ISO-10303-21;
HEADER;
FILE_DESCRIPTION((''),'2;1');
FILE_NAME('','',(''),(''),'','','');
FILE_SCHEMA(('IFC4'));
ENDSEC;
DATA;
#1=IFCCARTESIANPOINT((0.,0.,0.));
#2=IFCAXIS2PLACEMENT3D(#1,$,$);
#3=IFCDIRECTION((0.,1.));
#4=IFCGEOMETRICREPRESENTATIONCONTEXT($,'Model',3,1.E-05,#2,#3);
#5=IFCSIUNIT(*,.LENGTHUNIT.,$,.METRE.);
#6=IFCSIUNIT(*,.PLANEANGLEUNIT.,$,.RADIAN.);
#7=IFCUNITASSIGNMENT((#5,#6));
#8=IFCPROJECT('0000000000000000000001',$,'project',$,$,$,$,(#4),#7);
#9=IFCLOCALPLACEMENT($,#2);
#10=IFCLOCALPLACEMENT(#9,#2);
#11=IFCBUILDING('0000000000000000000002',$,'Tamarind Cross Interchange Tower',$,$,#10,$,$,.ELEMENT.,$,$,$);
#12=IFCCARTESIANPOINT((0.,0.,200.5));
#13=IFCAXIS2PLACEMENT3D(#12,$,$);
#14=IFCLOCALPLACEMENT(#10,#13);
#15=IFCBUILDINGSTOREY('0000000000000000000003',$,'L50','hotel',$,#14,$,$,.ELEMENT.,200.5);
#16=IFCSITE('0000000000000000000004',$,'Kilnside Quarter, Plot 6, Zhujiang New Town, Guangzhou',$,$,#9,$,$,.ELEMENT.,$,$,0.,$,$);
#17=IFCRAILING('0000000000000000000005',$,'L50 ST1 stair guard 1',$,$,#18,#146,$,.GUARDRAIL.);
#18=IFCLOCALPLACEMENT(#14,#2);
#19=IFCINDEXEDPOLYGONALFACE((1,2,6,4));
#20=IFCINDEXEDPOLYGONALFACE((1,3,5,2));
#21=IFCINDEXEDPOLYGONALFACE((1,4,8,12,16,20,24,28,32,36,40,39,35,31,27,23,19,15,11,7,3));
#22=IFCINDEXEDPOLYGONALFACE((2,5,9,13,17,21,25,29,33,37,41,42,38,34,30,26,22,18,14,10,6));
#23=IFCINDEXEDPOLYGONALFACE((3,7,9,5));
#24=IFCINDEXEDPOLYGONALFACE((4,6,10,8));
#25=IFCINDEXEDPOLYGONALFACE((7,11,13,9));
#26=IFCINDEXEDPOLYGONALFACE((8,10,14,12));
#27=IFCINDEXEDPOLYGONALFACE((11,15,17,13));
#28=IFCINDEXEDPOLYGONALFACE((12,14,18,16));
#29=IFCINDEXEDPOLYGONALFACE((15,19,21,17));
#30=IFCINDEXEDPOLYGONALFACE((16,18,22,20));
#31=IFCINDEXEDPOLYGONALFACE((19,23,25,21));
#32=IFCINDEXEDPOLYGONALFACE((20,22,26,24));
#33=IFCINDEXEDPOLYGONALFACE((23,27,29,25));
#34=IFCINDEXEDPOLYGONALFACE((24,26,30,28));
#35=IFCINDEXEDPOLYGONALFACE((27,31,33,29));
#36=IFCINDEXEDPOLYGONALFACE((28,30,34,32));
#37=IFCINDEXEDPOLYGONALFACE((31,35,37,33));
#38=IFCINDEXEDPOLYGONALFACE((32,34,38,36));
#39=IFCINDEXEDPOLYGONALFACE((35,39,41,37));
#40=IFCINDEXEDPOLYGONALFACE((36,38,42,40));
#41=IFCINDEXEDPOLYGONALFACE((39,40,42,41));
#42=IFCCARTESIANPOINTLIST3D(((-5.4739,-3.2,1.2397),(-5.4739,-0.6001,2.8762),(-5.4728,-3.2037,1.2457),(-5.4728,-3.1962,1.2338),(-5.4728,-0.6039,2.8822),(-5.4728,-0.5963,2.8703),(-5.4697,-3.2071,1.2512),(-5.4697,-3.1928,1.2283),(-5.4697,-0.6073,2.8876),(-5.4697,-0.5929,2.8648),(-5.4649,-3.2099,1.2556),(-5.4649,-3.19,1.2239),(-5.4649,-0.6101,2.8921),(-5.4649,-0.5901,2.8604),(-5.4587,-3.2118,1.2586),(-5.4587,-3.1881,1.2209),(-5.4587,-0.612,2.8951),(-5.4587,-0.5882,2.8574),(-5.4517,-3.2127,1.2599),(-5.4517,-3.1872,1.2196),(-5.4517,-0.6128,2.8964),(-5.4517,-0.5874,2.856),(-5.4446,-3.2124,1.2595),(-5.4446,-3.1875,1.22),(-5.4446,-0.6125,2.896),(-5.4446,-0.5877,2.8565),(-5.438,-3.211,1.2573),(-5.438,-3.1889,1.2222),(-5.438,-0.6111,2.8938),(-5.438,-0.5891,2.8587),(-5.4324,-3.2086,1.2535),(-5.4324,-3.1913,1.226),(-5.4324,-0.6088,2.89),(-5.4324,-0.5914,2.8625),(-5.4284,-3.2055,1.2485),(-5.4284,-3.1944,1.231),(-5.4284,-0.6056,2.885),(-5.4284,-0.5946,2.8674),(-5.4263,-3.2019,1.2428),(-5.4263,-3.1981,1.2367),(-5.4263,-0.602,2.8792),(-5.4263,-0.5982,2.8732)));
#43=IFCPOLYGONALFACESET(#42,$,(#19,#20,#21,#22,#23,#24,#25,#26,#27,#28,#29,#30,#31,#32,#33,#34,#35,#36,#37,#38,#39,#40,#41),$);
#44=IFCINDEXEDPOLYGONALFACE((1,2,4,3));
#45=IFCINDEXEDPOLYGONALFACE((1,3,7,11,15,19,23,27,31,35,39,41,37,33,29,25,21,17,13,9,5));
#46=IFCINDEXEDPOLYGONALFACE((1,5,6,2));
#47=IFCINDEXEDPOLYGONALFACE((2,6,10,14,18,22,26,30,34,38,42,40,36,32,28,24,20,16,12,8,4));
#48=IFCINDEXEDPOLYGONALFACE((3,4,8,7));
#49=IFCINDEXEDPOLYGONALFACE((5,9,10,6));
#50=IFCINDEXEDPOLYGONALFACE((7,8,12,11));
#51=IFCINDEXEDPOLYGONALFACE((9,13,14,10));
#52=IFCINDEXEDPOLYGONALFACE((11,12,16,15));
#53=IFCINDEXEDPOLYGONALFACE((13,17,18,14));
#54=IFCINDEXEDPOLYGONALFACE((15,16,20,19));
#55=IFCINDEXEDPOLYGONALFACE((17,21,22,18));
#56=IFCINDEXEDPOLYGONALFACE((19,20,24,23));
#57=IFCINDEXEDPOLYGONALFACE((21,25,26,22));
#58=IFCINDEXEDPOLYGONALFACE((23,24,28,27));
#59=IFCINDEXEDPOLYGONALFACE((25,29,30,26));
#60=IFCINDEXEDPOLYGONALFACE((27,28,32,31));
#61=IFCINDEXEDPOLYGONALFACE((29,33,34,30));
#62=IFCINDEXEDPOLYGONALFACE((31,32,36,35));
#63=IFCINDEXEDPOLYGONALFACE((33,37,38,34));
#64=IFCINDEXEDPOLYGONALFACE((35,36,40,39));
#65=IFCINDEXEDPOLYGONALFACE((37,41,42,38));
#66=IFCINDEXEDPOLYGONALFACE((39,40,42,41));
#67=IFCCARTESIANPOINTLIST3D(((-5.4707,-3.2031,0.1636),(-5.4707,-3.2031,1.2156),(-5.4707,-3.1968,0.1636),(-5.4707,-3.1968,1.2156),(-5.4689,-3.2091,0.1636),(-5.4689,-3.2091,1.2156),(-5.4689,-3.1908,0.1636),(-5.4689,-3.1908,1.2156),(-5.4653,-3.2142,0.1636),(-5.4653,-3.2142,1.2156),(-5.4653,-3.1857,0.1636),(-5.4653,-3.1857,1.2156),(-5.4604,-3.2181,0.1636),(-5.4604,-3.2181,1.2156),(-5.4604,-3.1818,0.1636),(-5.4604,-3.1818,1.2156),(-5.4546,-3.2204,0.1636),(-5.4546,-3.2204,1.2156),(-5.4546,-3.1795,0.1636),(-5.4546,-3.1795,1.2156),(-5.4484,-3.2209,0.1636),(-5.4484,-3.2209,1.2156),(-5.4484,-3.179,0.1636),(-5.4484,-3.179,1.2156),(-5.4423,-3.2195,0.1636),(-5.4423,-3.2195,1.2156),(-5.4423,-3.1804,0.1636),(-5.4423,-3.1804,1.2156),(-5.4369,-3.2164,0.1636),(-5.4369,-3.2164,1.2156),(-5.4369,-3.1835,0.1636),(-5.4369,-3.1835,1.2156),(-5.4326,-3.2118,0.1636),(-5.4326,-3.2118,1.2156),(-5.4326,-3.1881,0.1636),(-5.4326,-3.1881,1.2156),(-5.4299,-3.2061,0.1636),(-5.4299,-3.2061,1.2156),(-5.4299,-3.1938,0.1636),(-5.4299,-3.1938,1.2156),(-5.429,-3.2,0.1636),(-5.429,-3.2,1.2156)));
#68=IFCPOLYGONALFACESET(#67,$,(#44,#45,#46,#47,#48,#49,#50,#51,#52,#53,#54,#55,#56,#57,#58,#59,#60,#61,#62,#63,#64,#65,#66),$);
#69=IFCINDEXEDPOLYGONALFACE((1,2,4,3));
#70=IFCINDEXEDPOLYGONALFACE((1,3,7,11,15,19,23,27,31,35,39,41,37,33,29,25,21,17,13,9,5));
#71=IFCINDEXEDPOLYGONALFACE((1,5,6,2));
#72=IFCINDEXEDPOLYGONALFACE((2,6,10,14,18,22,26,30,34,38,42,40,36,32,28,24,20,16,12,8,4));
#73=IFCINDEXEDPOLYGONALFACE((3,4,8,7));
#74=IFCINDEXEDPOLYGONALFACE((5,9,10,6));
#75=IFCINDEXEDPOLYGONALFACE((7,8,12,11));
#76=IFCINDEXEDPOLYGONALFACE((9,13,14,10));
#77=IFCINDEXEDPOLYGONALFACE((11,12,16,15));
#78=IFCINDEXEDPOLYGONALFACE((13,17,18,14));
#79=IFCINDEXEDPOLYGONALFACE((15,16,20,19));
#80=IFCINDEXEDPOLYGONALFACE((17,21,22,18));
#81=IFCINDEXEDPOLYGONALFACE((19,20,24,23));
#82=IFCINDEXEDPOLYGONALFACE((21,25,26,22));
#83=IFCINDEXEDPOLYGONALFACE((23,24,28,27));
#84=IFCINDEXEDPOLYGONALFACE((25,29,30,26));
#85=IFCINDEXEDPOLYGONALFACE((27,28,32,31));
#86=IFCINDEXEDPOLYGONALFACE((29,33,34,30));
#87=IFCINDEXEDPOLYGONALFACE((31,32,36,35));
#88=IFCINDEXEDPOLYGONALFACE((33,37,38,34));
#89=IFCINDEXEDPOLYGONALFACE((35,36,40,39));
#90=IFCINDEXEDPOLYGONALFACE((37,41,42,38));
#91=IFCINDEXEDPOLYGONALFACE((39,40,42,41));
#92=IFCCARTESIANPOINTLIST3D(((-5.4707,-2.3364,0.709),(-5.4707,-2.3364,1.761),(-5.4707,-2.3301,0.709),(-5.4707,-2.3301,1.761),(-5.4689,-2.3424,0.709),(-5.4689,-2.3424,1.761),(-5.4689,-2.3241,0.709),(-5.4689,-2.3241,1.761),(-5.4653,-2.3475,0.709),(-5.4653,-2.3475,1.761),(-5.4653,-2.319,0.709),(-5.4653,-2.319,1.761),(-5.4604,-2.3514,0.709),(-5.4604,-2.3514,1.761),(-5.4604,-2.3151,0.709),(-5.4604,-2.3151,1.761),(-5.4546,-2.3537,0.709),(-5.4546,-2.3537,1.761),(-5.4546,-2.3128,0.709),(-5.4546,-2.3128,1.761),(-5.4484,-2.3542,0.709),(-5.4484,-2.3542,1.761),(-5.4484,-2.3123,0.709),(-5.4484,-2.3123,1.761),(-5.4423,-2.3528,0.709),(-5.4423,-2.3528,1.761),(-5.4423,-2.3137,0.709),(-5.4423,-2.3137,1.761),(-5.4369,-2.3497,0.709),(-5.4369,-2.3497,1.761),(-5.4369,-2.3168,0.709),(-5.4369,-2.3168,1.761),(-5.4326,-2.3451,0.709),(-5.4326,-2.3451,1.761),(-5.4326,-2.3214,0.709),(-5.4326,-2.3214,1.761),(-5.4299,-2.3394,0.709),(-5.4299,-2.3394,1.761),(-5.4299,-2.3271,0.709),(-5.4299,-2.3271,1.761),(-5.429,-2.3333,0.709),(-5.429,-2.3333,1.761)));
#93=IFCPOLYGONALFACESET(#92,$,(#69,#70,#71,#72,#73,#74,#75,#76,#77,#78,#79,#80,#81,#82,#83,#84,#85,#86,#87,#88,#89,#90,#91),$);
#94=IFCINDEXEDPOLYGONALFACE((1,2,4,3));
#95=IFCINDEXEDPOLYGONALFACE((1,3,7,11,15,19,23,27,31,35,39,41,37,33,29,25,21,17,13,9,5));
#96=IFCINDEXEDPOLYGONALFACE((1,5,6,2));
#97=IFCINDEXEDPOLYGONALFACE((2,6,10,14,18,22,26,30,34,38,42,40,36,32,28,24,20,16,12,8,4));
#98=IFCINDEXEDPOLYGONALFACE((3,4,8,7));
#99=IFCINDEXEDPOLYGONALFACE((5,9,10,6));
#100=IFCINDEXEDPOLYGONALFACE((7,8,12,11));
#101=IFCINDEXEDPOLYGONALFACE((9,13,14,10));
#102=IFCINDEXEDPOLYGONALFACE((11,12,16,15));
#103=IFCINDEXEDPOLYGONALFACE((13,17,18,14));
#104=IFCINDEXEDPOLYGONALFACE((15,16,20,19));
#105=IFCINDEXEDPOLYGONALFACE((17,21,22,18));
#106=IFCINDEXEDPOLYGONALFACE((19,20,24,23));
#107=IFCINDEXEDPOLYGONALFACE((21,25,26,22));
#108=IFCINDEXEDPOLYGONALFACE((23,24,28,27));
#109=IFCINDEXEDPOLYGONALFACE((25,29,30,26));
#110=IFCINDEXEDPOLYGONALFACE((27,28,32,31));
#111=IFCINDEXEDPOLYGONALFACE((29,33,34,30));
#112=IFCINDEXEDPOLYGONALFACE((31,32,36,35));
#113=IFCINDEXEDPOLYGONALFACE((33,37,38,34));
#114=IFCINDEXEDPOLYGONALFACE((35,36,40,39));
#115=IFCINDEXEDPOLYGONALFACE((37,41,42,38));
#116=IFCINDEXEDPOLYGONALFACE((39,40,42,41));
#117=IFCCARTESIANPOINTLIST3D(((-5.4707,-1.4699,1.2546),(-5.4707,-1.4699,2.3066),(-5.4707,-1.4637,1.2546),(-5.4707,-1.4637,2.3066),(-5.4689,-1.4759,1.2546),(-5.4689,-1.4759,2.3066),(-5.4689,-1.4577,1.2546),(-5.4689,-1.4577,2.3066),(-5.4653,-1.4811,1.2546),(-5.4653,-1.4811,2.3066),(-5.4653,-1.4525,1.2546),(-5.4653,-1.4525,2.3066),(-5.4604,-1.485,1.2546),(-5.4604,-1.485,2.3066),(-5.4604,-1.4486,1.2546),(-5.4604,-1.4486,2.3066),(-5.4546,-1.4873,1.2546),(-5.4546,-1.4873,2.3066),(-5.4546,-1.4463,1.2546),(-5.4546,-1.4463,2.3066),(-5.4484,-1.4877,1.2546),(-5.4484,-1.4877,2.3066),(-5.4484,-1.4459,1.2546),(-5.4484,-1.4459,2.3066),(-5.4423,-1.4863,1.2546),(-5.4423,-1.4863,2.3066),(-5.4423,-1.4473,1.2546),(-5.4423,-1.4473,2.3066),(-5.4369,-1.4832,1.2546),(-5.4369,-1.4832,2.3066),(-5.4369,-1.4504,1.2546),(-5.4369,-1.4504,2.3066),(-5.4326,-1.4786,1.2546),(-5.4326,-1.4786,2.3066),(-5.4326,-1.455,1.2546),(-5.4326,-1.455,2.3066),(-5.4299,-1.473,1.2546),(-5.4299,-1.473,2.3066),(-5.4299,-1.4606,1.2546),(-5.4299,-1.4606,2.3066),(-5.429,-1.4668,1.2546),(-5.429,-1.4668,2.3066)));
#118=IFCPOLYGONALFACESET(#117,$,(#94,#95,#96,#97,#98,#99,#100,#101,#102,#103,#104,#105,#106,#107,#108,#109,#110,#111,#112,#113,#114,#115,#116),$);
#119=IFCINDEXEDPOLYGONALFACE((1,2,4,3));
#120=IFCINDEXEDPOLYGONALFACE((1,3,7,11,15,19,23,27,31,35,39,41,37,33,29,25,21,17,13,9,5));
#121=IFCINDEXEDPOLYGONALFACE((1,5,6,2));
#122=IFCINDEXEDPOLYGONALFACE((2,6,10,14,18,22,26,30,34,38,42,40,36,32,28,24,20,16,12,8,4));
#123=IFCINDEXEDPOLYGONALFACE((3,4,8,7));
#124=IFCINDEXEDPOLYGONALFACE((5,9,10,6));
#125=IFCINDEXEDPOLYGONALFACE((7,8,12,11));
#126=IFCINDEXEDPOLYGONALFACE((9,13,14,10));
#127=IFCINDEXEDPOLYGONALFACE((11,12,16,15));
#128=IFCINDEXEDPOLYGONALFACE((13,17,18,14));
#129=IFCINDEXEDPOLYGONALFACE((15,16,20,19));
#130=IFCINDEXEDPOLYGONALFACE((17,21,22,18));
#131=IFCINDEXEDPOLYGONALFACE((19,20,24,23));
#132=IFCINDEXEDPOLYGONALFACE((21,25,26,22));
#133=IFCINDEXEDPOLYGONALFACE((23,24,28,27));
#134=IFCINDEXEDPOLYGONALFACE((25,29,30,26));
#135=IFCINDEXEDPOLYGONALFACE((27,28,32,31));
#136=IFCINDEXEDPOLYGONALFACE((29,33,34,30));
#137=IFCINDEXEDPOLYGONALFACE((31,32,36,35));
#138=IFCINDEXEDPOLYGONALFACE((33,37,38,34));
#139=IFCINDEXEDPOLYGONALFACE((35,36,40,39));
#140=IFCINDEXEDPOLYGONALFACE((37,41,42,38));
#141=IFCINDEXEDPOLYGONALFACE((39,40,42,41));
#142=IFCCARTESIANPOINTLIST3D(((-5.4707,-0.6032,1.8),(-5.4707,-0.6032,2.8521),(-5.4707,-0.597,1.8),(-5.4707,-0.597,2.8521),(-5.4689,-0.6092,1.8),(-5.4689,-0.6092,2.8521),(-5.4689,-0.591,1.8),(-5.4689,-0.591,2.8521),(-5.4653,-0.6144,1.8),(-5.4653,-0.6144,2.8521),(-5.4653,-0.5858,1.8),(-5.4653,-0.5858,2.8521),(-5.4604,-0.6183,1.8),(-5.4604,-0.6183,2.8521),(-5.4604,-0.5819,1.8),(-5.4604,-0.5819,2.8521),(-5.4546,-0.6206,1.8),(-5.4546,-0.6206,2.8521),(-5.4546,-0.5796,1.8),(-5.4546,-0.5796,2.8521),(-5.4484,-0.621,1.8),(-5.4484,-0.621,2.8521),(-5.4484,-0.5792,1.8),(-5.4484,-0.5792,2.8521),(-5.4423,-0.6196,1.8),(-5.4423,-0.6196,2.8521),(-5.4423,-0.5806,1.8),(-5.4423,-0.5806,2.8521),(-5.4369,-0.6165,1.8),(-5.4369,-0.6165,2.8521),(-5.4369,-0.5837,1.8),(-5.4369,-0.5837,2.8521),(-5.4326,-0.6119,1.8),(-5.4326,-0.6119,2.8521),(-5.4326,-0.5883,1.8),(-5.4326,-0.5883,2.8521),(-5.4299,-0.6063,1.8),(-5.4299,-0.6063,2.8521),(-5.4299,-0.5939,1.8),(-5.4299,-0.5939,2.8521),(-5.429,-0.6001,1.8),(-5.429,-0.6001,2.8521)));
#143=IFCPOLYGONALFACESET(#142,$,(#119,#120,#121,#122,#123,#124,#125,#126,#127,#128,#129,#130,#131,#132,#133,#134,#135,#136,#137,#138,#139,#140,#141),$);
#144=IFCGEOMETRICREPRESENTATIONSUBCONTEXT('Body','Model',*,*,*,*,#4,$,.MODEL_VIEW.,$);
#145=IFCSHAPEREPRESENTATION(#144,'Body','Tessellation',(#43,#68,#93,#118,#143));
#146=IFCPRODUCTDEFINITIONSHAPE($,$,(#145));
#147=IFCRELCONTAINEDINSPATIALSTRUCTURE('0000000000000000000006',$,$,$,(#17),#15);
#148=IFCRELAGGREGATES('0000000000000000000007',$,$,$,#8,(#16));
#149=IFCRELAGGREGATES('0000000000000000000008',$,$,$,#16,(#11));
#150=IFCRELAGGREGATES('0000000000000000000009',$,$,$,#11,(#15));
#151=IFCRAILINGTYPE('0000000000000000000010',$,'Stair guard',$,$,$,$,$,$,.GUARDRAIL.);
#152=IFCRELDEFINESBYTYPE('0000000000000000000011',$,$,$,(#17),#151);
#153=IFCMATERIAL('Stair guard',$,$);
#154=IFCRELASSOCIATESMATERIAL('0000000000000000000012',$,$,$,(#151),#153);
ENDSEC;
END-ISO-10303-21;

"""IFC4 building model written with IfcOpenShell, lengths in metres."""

from ifc_helpers import new_model, si_unit, direction, frame, origin, origin_2d, place, context, subcontext, project, spatial, circle, extrude, material, type_object, element, save


model = new_model("IFC4")

# Units and contexts
model_context = context("Model", 3, precision=1e-05, world=origin(), true_north=direction((0.0, 1.0)))
body_context = subcontext(model_context, "Body", "Model", "MODEL_VIEW")
ifc_project = project(units=[si_unit("LENGTHUNIT", "METRE"), si_unit("PLANEANGLEUNIT", "RADIAN")], contexts=[model_context])

# Site, building, storey
site_placement = place(None, origin())
site = spatial("IfcSite", under=ifc_project, at=site_placement, Name="Kilnside Quarter, Plot 6, Zhujiang New Town, Guangzhou", CompositionType="ELEMENT", RefElevation=0.0)
building_placement = place(site_placement, origin())
building = spatial("IfcBuilding", under=site, at=building_placement, Name="Tamarind Cross Interchange Tower", CompositionType="ELEMENT")
storey_placement = place(building_placement, frame((0.0, 0.0, 200.5)))
storey = spatial("IfcBuildingStorey", under=building, at=storey_placement, Name="L50", Description="hotel", CompositionType="ELEMENT", Elevation=200.5)

# Railing
ifc_material_1 = material(Name="Stair guard")
railing_type_1 = type_object("IfcRailingType", Name="Stair guard", PredefinedType="GUARDRAIL", material=ifc_material_1)
railing_1_placement = place(storey_placement, frame((-5.45, -3.2, 0.1636)))
element("IfcRailing", 1, at=railing_1_placement, inside=storey, type_object=railing_type_1, Name="L50 ST1 stair guard 1", PredefinedType="GUARDRAIL", context=body_context, shape_type="SweptSolid", body=[
    extrude(circle(Radius=0.0239, at=origin_2d()), frame((0.0, 0.0, 1.0762), z_axis=(0.0, 0.846302, 0.532704), x_axis=(-1.0, 0.0, 0.0)), (0.0, 0.0, 1.0), 3.072),
    extrude(circle(Radius=0.021, at=origin_2d()), origin(), (0.0, 0.0, 1.0), 1.052),
    extrude(circle(Radius=0.021, at=origin_2d()), frame((0.0, 0.8667, 0.5454)), (0.0, 0.0, 1.0), 1.052),
    extrude(circle(Radius=0.021, at=origin_2d()), frame((0.0, 1.7332, 1.0911)), (0.0, 0.0, 1.0), 1.052),
    extrude(circle(Radius=0.021, at=origin_2d()), frame((0.0, 2.5999, 1.6365)), (0.0, 0.0, 1.0), 1.052),
])

save(model, "model.ifc")
